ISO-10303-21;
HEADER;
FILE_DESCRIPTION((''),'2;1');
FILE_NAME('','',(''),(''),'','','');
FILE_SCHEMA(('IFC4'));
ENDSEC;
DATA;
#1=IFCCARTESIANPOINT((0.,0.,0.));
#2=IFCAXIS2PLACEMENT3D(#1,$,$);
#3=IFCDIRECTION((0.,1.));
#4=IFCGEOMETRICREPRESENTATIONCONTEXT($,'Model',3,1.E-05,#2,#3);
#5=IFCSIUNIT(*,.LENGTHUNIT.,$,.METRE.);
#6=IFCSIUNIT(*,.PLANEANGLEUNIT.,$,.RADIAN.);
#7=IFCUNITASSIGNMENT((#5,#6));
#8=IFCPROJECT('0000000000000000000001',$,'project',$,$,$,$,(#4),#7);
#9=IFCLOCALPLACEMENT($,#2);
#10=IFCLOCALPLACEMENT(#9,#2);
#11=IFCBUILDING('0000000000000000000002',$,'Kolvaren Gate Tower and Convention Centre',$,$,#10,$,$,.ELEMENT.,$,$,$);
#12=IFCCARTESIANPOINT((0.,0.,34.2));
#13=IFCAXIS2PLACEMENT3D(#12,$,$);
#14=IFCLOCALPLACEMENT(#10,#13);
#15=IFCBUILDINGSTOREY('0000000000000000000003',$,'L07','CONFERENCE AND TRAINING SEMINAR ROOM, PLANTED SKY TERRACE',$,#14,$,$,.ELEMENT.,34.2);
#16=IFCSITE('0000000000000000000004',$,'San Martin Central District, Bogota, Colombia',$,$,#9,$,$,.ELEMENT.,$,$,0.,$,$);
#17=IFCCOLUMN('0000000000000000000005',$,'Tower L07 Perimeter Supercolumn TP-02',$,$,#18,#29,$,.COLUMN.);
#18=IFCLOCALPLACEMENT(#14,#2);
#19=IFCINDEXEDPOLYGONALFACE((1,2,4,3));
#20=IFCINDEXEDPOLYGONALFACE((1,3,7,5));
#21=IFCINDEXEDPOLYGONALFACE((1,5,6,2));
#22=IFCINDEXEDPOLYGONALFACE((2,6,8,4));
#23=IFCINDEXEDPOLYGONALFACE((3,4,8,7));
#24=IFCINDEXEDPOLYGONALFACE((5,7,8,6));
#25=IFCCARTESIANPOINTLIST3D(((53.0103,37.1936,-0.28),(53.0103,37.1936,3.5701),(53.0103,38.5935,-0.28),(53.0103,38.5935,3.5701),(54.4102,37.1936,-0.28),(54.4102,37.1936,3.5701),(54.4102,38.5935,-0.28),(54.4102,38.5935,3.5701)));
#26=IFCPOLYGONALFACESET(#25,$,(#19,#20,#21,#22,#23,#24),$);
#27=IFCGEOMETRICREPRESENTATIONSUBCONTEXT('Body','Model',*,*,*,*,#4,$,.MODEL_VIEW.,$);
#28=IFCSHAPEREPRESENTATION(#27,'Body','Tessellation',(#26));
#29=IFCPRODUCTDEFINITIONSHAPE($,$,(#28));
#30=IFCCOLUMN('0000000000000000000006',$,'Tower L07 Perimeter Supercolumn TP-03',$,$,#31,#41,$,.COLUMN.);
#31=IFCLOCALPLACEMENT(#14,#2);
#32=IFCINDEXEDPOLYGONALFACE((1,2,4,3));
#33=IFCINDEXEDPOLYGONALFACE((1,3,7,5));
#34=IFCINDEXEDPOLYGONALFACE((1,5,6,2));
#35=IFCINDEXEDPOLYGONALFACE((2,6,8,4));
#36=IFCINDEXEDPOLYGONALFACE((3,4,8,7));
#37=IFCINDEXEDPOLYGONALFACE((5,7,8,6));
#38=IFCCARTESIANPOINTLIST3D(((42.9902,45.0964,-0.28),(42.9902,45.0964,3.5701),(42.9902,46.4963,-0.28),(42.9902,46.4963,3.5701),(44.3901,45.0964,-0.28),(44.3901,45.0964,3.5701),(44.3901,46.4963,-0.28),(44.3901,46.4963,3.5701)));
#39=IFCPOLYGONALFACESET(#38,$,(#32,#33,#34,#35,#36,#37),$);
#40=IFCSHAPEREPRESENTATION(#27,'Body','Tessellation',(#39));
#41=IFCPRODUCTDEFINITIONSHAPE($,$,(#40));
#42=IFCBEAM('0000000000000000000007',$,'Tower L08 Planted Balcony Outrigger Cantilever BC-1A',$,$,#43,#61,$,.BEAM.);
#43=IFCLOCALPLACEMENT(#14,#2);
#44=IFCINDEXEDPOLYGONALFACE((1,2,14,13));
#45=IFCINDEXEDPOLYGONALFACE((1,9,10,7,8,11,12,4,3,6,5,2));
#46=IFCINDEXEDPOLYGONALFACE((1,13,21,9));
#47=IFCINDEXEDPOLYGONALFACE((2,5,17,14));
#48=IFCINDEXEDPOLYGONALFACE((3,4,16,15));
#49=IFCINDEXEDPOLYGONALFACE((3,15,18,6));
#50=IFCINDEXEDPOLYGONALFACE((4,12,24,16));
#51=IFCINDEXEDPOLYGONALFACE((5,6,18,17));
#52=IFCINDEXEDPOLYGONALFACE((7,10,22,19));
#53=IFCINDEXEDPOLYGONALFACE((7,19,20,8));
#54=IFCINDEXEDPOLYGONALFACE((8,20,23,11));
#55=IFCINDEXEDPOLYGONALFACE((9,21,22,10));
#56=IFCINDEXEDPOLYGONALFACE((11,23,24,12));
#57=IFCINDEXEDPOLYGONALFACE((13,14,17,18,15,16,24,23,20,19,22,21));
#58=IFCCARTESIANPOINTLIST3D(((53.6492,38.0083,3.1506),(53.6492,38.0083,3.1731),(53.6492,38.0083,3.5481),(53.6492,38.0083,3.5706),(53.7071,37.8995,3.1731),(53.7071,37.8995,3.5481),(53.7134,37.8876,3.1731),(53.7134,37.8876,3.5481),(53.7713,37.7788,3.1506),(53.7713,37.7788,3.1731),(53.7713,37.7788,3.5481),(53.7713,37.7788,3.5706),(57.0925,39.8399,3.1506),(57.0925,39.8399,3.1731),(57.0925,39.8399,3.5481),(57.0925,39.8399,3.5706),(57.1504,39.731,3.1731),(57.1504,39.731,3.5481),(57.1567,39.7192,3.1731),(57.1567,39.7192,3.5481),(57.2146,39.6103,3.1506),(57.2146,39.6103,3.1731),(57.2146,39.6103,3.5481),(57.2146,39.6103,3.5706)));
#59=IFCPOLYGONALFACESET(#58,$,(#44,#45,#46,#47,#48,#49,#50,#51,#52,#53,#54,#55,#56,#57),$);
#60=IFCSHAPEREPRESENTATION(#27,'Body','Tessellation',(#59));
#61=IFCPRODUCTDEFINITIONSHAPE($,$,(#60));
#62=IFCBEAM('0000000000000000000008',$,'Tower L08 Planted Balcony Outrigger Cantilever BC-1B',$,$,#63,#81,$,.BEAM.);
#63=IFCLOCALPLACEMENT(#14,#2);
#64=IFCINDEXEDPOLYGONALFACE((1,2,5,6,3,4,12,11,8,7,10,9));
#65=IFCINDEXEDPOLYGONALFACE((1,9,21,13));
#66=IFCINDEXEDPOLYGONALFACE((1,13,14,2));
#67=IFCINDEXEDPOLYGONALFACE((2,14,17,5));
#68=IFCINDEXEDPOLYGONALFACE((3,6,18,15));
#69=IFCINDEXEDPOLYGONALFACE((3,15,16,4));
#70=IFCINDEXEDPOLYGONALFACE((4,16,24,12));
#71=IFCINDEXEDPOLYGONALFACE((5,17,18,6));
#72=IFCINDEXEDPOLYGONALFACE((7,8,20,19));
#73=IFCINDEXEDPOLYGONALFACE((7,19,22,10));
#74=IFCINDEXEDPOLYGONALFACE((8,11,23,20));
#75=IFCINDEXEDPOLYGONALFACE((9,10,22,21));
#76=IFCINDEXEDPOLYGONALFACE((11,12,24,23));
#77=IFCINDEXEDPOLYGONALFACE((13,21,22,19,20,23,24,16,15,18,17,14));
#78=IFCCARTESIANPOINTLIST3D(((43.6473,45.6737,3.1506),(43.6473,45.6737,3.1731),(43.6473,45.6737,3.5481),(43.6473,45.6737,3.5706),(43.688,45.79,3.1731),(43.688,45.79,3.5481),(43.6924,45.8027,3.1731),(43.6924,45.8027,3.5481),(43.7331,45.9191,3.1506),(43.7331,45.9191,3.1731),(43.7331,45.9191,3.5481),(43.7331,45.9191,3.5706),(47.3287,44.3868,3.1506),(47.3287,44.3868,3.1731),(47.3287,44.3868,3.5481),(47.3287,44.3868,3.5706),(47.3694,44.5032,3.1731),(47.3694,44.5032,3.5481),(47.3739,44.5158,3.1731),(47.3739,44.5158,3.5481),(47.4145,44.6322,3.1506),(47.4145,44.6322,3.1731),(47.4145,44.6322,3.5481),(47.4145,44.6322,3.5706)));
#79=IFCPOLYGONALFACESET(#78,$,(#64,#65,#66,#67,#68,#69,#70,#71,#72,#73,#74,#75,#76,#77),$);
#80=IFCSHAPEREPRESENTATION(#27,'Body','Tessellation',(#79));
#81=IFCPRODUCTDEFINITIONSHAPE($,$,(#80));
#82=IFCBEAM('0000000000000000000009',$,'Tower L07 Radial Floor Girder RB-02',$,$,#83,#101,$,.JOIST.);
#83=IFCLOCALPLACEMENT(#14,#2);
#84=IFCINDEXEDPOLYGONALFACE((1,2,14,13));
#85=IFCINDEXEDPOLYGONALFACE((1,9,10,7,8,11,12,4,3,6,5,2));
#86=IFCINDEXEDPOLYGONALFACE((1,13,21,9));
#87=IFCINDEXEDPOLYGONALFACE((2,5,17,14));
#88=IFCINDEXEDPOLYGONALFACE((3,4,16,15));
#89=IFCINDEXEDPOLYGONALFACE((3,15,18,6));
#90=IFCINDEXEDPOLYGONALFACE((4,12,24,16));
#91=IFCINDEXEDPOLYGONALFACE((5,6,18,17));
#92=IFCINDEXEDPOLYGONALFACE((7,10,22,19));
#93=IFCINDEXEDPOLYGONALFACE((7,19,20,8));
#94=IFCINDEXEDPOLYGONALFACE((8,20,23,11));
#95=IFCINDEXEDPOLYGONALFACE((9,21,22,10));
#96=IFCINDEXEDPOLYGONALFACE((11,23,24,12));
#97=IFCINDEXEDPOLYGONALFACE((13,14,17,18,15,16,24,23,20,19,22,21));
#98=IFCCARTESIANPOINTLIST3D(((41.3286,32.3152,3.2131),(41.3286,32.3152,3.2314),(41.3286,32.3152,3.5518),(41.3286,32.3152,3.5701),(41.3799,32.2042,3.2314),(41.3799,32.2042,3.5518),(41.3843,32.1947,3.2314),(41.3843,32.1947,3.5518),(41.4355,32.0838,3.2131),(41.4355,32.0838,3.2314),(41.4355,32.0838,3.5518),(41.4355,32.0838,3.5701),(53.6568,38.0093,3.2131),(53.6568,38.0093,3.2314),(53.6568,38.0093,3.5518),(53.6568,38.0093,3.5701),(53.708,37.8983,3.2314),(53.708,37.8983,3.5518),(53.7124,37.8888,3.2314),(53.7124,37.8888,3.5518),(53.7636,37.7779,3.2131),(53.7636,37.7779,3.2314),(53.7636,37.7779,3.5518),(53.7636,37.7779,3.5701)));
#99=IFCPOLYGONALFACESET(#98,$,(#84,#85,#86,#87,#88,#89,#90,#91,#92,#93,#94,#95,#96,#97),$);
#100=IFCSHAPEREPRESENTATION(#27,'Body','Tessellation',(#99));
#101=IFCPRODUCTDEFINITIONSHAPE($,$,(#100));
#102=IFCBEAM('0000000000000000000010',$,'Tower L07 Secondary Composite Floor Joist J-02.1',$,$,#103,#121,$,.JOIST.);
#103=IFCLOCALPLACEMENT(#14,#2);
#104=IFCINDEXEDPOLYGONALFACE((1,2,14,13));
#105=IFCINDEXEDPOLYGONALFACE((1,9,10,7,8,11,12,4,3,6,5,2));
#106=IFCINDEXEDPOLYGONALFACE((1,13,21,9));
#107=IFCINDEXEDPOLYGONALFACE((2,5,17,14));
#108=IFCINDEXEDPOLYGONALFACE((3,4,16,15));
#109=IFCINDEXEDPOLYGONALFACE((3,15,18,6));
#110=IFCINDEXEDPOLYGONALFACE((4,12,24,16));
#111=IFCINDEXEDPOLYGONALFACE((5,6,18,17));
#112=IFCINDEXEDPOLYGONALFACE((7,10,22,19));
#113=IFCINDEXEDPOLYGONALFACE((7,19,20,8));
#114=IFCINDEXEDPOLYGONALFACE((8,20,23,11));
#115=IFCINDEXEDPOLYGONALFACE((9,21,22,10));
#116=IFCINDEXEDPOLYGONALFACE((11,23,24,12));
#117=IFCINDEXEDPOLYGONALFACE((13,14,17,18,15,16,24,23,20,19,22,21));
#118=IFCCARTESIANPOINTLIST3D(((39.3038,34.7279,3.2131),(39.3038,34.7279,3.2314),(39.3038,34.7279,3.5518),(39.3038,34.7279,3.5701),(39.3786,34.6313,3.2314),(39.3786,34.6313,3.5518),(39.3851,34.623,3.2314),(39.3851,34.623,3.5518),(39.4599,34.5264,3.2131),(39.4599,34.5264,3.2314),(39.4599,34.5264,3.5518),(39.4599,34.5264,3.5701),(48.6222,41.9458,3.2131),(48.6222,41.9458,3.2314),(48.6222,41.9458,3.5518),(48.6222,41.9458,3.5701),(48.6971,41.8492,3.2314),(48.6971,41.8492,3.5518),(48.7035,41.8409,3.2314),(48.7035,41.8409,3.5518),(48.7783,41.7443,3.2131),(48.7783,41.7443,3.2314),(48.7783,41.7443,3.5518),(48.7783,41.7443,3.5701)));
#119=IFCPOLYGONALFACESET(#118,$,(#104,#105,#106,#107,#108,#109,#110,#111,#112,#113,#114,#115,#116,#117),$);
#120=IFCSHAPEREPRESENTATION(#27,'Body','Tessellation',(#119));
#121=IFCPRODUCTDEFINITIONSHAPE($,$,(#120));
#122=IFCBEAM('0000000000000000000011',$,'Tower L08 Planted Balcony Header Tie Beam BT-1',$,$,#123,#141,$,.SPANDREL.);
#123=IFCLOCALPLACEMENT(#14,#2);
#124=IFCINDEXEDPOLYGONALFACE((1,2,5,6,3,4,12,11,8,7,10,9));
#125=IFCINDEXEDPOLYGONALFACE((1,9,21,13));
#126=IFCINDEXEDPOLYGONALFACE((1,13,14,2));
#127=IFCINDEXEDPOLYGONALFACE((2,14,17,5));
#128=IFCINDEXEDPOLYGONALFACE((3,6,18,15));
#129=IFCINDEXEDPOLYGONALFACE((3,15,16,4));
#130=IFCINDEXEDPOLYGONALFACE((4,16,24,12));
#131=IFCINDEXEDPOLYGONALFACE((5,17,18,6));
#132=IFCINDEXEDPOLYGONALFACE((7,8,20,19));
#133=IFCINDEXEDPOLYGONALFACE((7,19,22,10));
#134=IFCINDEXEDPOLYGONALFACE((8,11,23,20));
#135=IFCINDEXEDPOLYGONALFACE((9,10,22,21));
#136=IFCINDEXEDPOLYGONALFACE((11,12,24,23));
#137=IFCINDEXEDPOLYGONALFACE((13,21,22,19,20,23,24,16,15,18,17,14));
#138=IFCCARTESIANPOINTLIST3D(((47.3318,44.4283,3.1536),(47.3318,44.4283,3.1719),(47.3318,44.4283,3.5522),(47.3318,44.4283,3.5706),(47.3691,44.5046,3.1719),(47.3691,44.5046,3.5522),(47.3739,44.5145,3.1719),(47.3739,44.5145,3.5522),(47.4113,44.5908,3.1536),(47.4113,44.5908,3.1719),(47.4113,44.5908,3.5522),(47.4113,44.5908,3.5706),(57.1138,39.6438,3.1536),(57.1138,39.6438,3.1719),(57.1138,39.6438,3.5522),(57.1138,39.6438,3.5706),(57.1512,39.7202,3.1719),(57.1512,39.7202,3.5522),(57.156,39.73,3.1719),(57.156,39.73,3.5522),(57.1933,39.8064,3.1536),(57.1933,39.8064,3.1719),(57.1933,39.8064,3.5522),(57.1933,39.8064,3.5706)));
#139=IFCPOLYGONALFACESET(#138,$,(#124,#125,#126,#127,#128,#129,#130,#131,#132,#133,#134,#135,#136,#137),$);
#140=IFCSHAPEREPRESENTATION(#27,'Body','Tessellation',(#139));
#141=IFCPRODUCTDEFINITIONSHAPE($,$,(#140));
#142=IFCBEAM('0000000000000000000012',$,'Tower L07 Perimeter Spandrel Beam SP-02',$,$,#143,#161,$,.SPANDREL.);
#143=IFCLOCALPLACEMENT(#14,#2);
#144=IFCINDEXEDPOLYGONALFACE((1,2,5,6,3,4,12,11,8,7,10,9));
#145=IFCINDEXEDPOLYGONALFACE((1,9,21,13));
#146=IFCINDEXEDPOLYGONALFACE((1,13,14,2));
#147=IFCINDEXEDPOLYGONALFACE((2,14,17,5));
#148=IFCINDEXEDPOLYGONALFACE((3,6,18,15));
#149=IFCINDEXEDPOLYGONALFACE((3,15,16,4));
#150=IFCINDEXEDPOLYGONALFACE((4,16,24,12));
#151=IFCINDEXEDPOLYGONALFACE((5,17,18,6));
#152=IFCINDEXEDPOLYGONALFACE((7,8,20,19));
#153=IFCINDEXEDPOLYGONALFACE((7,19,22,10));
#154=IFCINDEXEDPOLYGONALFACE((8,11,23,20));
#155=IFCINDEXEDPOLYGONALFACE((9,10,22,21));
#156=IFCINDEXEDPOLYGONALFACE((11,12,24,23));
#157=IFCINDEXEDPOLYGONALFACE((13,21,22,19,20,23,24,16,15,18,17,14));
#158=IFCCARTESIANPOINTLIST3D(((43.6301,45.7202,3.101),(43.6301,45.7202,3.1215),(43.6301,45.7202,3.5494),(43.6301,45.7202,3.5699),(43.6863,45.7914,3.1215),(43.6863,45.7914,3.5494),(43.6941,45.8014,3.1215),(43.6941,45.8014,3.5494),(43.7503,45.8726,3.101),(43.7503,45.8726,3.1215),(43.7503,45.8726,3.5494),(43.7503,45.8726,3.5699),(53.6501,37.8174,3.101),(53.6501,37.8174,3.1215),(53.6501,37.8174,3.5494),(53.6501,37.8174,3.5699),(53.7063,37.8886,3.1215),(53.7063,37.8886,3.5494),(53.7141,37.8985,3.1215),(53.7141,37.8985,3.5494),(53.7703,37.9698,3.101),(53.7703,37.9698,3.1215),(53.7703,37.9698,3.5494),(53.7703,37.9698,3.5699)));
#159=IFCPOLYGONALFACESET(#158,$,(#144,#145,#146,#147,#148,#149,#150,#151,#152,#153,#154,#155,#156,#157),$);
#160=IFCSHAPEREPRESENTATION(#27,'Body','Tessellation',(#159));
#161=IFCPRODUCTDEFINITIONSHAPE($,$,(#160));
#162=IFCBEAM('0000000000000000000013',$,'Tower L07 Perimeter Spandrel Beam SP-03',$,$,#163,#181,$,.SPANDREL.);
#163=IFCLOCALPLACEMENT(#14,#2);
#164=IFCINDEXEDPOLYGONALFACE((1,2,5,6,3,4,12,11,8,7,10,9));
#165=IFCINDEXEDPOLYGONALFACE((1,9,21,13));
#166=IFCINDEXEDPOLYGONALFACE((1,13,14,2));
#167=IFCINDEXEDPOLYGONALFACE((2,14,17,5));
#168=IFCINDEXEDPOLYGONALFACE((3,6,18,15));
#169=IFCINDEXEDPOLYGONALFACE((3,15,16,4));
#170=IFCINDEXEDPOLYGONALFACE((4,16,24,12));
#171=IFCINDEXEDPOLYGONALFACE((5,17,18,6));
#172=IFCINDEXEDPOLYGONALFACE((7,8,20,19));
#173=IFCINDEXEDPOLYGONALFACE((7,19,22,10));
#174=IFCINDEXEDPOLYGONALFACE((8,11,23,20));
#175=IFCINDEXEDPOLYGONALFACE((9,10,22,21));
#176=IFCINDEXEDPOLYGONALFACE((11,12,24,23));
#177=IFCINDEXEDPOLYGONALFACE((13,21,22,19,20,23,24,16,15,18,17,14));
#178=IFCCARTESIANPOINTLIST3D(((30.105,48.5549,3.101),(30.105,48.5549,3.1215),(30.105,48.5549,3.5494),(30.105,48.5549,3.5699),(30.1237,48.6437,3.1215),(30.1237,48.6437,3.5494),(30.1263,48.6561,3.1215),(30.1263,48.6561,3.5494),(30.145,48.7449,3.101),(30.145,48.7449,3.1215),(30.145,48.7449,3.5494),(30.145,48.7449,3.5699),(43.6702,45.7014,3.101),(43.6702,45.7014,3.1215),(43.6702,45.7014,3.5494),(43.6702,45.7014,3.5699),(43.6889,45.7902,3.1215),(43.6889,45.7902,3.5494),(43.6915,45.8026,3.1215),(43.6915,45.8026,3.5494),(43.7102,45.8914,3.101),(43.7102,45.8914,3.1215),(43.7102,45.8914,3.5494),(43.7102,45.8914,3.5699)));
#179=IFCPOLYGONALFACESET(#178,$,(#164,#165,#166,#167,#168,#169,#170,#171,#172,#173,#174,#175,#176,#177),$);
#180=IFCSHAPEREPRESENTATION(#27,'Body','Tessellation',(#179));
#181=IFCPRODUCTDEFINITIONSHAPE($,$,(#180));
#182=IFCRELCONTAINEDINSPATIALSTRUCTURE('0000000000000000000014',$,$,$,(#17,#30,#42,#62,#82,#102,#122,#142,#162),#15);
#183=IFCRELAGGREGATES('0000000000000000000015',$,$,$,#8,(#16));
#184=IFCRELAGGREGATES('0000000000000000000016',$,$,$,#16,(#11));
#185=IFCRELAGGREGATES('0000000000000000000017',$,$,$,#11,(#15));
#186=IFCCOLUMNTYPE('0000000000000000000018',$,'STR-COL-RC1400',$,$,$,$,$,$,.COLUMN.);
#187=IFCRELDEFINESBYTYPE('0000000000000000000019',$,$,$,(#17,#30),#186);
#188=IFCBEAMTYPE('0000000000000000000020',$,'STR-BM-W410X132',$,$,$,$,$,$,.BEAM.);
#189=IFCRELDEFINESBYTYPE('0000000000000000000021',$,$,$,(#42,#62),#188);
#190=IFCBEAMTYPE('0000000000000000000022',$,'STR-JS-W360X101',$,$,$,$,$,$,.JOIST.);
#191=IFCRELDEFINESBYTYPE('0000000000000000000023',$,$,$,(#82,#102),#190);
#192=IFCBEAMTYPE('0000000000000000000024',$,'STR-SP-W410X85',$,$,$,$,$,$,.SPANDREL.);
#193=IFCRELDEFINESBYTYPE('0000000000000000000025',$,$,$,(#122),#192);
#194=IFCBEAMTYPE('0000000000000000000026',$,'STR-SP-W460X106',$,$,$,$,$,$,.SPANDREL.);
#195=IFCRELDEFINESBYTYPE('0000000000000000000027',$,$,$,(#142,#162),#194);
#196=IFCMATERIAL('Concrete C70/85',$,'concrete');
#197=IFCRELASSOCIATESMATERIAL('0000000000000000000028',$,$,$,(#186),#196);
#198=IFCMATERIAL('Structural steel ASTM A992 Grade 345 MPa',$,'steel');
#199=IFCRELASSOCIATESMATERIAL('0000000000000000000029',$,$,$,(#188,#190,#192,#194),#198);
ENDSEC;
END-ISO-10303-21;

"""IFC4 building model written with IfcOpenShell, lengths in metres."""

from ifc_helpers import new_model, si_unit, direction, frame, origin, origin_2d, place, context, subcontext, project, spatial, rectangle, i_section, extrude, material, material_profile, profile_set, type_object, element, save


model = new_model("IFC4")

# Units and contexts
model_context = context("Model", 3, precision=1e-05, world=origin(), true_north=direction((0.0, 1.0)))
body_context = subcontext(model_context, "Body", "Model", "MODEL_VIEW")
ifc_project = project(units=[si_unit("LENGTHUNIT", "METRE"), si_unit("PLANEANGLEUNIT", "RADIAN")], contexts=[model_context])

# Site, building, storey
site_placement = place(None, origin())
site = spatial("IfcSite", under=ifc_project, at=site_placement, Name="San Martin Central District, Bogota, Colombia", CompositionType="ELEMENT", RefElevation=0.0)
building_placement = place(site_placement, origin())
building = spatial("IfcBuilding", under=site, at=building_placement, Name="Kolvaren Gate Tower and Convention Centre", CompositionType="ELEMENT")
storey_placement = place(building_placement, frame((0.0, 0.0, 34.2)))
storey = spatial("IfcBuildingStorey", under=building, at=storey_placement, Name="L07", Description="CONFERENCE AND TRAINING SEMINAR ROOM, PLANTED SKY TERRACE", CompositionType="ELEMENT", Elevation=34.2)

# Columns
ifc_material_1 = material(Name="Concrete C70/85", Category="concrete")
ifc_material_profile_1 = material_profile(ifc_material_1, rectangle(XDim=1.3999, YDim=1.3999, at=origin_2d()), Name="RC-COL-1400X1400")
ifc_profile_set_1 = profile_set([ifc_material_profile_1], Name="Concrete C70/85")
column_type = type_object("IfcColumnType", Name="STR-COL-RC1400", PredefinedType="COLUMN", material=ifc_profile_set_1)
for number, where, z_axis, x_axis, name in (
    (1, (53.7102, 37.8936, -0.28), (0.0, 0.0, 1.0), (1.0, 0.0, 0.0), "Tower L07 Perimeter Supercolumn TP-02"),
    (2, (43.6902, 45.7964, -0.28), (0.0, 0.0, 1.0), (1.0, 0.0, 0.0), "Tower L07 Perimeter Supercolumn TP-03"),
):
    element("IfcColumn", number, at=place(storey_placement, frame(where, z_axis=z_axis, x_axis=x_axis)), inside=storey, type_object=column_type, Name=name, PredefinedType="COLUMN", context=body_context, shape_type="SweptSolid", body=[
        extrude(rectangle(XDim=1.3999, YDim=1.3999, at=origin_2d()), origin(), (0.0, 0.0, 1.0), 3.8501),
    ])

# Beams
ifc_material_2 = material(Name="Structural steel ASTM A992 Grade 345 MPa", Category="steel")
ifc_material_profile_2 = material_profile(ifc_material_2, i_section(OverallWidth=0.26, OverallDepth=0.4199, WebThickness=0.0134, FlangeThickness=0.0225, at=origin_2d()), Name="W410X132")
ifc_profile_set_2 = profile_set([ifc_material_profile_2], Name="Structural steel ASTM A992 Grade 345 MPa")
beam_type_1 = type_object("IfcBeamType", Name="STR-BM-W410X132", PredefinedType="BEAM", material=ifc_profile_set_2)
beam_1_placement = place(storey_placement, frame((53.7102, 37.8936, 3.3606), z_axis=(0.882876, 0.469607, 0.0), x_axis=(-0.469607, 0.882876, 0.0)))
element("IfcBeam", 3, at=beam_1_placement, inside=storey, type_object=beam_type_1, Name="Tower L08 Planted Balcony Outrigger Cantilever BC-1A", PredefinedType="BEAM", context=body_context, shape_type="SweptSolid", body=[
    extrude(i_section(OverallWidth=0.26, OverallDepth=0.4199, WebThickness=0.0134, FlangeThickness=0.0225, at=origin_2d()), origin(), (0.0, 0.0, 1.0), 3.9001),
])
beam_2_placement = place(storey_placement, frame((43.6902, 45.7964, 3.3606), z_axis=(0.943988, -0.32998, 0.0), x_axis=(0.32998, 0.943988, 0.0)))
element("IfcBeam", 4, at=beam_2_placement, inside=storey, type_object=beam_type_1, Name="Tower L08 Planted Balcony Outrigger Cantilever BC-1B", PredefinedType="BEAM", context=body_context, shape_type="SweptSolid", body=[
    extrude(i_section(OverallWidth=0.26, OverallDepth=0.4199, WebThickness=0.0134, FlangeThickness=0.0225, at=origin_2d()), origin(), (0.0, 0.0, 1.0), 3.8999),
])
ifc_material_profile_3 = material_profile(ifc_material_2, i_section(OverallWidth=0.2549, OverallDepth=0.3569, WebThickness=0.0105, FlangeThickness=0.0183, at=origin_2d()), Name="W360X101")
ifc_profile_set_3 = profile_set([ifc_material_profile_3], Name="Structural steel ASTM A992 Grade 345 MPa")
beam_type_2 = type_object("IfcBeamType", Name="STR-JS-W360X101", PredefinedType="JOIST", material=ifc_profile_set_3)
beam_3_placement = place(storey_placement, frame((41.3821, 32.1995, 3.3916), z_axis=(0.907842, 0.419312, 0.0), x_axis=(-0.419312, 0.907842, 0.0)))
element("IfcBeam", 5, at=beam_3_placement, inside=storey, type_object=beam_type_2, Name="Tower L07 Radial Floor Girder RB-02", PredefinedType="JOIST", context=body_context, shape_type="SweptSolid", body=[
    extrude(i_section(OverallWidth=0.2549, OverallDepth=0.3569, WebThickness=0.0105, FlangeThickness=0.0183, at=origin_2d()), origin(), (0.0, 0.0, 1.0), 13.5796),
])
beam_4_placement = place(storey_placement, frame((39.3818, 34.6272, 3.3916), z_axis=(0.790577, 0.612362, 0.0), x_axis=(-0.612362, 0.790577, 0.0)))
element("IfcBeam", 6, at=beam_4_placement, inside=storey, type_object=beam_type_2, Name="Tower L07 Secondary Composite Floor Joist J-02.1", PredefinedType="JOIST", context=body_context, shape_type="SweptSolid", body=[
    extrude(i_section(OverallWidth=0.2549, OverallDepth=0.3569, WebThickness=0.0105, FlangeThickness=0.0183, at=origin_2d()), origin(), (0.0, 0.0, 1.0), 11.7869),
])
ifc_material_profile_4 = material_profile(ifc_material_2, i_section(OverallWidth=0.1809, OverallDepth=0.417, WebThickness=0.011, FlangeThickness=0.0183, at=origin_2d()), Name="W410X85")
ifc_profile_set_4 = profile_set([ifc_material_profile_4], Name="Structural steel ASTM A992 Grade 345 MPa")
beam_type_3 = type_object("IfcBeamType", Name="STR-SP-W410X85", PredefinedType="SPANDREL", material=ifc_profile_set_4)
beam_5_placement = place(storey_placement, frame((57.1536, 39.7251, 3.3621), z_axis=(-0.898307, 0.439367, 0.0), x_axis=(-0.439367, -0.898307, 0.0)))
element("IfcBeam", 7, at=beam_5_placement, inside=storey, type_object=beam_type_3, Name="Tower L08 Planted Balcony Header Tie Beam BT-1", PredefinedType="SPANDREL", context=body_context, shape_type="SweptSolid", body=[
    extrude(i_section(OverallWidth=0.1809, OverallDepth=0.417, WebThickness=0.011, FlangeThickness=0.0183, at=origin_2d()), origin(), (0.0, 0.0, 1.0), 10.8894),
])
ifc_material_profile_5 = material_profile(ifc_material_2, i_section(OverallWidth=0.1941, OverallDepth=0.469, WebThickness=0.0127, FlangeThickness=0.0205, at=origin_2d()), Name="W460X106")
ifc_profile_set_5 = profile_set([ifc_material_profile_5], Name="Structural steel ASTM A992 Grade 345 MPa")
beam_type_4 = type_object("IfcBeamType", Name="STR-SP-W460X106", PredefinedType="SPANDREL", material=ifc_profile_set_5)
beam_6_placement = place(storey_placement, frame((53.7102, 37.8936, 3.3354), z_axis=(-0.785176, 0.619272, 0.0), x_axis=(-0.619272, -0.785176, 0.0)))
element("IfcBeam", 8, at=beam_6_placement, inside=storey, type_object=beam_type_4, Name="Tower L07 Perimeter Spandrel Beam SP-02", PredefinedType="SPANDREL", context=body_context, shape_type="SweptSolid", body=[
    extrude(i_section(OverallWidth=0.1941, OverallDepth=0.469, WebThickness=0.0127, FlangeThickness=0.0205, at=origin_2d()), origin(), (0.0, 0.0, 1.0), 12.7615),
])
beam_7_placement = place(storey_placement, frame((43.6902, 45.7964, 3.3354), z_axis=(-0.978583, 0.205851, 0.0), x_axis=(-0.205851, -0.978583, 0.0)))
element("IfcBeam", 9, at=beam_7_placement, inside=storey, type_object=beam_type_4, Name="Tower L07 Perimeter Spandrel Beam SP-03", PredefinedType="SPANDREL", context=body_context, shape_type="SweptSolid", body=[
    extrude(i_section(OverallWidth=0.1941, OverallDepth=0.469, WebThickness=0.0127, FlangeThickness=0.0205, at=origin_2d()), origin(), (0.0, 0.0, 1.0), 13.8621),
])

save(model, "model.ifc")
